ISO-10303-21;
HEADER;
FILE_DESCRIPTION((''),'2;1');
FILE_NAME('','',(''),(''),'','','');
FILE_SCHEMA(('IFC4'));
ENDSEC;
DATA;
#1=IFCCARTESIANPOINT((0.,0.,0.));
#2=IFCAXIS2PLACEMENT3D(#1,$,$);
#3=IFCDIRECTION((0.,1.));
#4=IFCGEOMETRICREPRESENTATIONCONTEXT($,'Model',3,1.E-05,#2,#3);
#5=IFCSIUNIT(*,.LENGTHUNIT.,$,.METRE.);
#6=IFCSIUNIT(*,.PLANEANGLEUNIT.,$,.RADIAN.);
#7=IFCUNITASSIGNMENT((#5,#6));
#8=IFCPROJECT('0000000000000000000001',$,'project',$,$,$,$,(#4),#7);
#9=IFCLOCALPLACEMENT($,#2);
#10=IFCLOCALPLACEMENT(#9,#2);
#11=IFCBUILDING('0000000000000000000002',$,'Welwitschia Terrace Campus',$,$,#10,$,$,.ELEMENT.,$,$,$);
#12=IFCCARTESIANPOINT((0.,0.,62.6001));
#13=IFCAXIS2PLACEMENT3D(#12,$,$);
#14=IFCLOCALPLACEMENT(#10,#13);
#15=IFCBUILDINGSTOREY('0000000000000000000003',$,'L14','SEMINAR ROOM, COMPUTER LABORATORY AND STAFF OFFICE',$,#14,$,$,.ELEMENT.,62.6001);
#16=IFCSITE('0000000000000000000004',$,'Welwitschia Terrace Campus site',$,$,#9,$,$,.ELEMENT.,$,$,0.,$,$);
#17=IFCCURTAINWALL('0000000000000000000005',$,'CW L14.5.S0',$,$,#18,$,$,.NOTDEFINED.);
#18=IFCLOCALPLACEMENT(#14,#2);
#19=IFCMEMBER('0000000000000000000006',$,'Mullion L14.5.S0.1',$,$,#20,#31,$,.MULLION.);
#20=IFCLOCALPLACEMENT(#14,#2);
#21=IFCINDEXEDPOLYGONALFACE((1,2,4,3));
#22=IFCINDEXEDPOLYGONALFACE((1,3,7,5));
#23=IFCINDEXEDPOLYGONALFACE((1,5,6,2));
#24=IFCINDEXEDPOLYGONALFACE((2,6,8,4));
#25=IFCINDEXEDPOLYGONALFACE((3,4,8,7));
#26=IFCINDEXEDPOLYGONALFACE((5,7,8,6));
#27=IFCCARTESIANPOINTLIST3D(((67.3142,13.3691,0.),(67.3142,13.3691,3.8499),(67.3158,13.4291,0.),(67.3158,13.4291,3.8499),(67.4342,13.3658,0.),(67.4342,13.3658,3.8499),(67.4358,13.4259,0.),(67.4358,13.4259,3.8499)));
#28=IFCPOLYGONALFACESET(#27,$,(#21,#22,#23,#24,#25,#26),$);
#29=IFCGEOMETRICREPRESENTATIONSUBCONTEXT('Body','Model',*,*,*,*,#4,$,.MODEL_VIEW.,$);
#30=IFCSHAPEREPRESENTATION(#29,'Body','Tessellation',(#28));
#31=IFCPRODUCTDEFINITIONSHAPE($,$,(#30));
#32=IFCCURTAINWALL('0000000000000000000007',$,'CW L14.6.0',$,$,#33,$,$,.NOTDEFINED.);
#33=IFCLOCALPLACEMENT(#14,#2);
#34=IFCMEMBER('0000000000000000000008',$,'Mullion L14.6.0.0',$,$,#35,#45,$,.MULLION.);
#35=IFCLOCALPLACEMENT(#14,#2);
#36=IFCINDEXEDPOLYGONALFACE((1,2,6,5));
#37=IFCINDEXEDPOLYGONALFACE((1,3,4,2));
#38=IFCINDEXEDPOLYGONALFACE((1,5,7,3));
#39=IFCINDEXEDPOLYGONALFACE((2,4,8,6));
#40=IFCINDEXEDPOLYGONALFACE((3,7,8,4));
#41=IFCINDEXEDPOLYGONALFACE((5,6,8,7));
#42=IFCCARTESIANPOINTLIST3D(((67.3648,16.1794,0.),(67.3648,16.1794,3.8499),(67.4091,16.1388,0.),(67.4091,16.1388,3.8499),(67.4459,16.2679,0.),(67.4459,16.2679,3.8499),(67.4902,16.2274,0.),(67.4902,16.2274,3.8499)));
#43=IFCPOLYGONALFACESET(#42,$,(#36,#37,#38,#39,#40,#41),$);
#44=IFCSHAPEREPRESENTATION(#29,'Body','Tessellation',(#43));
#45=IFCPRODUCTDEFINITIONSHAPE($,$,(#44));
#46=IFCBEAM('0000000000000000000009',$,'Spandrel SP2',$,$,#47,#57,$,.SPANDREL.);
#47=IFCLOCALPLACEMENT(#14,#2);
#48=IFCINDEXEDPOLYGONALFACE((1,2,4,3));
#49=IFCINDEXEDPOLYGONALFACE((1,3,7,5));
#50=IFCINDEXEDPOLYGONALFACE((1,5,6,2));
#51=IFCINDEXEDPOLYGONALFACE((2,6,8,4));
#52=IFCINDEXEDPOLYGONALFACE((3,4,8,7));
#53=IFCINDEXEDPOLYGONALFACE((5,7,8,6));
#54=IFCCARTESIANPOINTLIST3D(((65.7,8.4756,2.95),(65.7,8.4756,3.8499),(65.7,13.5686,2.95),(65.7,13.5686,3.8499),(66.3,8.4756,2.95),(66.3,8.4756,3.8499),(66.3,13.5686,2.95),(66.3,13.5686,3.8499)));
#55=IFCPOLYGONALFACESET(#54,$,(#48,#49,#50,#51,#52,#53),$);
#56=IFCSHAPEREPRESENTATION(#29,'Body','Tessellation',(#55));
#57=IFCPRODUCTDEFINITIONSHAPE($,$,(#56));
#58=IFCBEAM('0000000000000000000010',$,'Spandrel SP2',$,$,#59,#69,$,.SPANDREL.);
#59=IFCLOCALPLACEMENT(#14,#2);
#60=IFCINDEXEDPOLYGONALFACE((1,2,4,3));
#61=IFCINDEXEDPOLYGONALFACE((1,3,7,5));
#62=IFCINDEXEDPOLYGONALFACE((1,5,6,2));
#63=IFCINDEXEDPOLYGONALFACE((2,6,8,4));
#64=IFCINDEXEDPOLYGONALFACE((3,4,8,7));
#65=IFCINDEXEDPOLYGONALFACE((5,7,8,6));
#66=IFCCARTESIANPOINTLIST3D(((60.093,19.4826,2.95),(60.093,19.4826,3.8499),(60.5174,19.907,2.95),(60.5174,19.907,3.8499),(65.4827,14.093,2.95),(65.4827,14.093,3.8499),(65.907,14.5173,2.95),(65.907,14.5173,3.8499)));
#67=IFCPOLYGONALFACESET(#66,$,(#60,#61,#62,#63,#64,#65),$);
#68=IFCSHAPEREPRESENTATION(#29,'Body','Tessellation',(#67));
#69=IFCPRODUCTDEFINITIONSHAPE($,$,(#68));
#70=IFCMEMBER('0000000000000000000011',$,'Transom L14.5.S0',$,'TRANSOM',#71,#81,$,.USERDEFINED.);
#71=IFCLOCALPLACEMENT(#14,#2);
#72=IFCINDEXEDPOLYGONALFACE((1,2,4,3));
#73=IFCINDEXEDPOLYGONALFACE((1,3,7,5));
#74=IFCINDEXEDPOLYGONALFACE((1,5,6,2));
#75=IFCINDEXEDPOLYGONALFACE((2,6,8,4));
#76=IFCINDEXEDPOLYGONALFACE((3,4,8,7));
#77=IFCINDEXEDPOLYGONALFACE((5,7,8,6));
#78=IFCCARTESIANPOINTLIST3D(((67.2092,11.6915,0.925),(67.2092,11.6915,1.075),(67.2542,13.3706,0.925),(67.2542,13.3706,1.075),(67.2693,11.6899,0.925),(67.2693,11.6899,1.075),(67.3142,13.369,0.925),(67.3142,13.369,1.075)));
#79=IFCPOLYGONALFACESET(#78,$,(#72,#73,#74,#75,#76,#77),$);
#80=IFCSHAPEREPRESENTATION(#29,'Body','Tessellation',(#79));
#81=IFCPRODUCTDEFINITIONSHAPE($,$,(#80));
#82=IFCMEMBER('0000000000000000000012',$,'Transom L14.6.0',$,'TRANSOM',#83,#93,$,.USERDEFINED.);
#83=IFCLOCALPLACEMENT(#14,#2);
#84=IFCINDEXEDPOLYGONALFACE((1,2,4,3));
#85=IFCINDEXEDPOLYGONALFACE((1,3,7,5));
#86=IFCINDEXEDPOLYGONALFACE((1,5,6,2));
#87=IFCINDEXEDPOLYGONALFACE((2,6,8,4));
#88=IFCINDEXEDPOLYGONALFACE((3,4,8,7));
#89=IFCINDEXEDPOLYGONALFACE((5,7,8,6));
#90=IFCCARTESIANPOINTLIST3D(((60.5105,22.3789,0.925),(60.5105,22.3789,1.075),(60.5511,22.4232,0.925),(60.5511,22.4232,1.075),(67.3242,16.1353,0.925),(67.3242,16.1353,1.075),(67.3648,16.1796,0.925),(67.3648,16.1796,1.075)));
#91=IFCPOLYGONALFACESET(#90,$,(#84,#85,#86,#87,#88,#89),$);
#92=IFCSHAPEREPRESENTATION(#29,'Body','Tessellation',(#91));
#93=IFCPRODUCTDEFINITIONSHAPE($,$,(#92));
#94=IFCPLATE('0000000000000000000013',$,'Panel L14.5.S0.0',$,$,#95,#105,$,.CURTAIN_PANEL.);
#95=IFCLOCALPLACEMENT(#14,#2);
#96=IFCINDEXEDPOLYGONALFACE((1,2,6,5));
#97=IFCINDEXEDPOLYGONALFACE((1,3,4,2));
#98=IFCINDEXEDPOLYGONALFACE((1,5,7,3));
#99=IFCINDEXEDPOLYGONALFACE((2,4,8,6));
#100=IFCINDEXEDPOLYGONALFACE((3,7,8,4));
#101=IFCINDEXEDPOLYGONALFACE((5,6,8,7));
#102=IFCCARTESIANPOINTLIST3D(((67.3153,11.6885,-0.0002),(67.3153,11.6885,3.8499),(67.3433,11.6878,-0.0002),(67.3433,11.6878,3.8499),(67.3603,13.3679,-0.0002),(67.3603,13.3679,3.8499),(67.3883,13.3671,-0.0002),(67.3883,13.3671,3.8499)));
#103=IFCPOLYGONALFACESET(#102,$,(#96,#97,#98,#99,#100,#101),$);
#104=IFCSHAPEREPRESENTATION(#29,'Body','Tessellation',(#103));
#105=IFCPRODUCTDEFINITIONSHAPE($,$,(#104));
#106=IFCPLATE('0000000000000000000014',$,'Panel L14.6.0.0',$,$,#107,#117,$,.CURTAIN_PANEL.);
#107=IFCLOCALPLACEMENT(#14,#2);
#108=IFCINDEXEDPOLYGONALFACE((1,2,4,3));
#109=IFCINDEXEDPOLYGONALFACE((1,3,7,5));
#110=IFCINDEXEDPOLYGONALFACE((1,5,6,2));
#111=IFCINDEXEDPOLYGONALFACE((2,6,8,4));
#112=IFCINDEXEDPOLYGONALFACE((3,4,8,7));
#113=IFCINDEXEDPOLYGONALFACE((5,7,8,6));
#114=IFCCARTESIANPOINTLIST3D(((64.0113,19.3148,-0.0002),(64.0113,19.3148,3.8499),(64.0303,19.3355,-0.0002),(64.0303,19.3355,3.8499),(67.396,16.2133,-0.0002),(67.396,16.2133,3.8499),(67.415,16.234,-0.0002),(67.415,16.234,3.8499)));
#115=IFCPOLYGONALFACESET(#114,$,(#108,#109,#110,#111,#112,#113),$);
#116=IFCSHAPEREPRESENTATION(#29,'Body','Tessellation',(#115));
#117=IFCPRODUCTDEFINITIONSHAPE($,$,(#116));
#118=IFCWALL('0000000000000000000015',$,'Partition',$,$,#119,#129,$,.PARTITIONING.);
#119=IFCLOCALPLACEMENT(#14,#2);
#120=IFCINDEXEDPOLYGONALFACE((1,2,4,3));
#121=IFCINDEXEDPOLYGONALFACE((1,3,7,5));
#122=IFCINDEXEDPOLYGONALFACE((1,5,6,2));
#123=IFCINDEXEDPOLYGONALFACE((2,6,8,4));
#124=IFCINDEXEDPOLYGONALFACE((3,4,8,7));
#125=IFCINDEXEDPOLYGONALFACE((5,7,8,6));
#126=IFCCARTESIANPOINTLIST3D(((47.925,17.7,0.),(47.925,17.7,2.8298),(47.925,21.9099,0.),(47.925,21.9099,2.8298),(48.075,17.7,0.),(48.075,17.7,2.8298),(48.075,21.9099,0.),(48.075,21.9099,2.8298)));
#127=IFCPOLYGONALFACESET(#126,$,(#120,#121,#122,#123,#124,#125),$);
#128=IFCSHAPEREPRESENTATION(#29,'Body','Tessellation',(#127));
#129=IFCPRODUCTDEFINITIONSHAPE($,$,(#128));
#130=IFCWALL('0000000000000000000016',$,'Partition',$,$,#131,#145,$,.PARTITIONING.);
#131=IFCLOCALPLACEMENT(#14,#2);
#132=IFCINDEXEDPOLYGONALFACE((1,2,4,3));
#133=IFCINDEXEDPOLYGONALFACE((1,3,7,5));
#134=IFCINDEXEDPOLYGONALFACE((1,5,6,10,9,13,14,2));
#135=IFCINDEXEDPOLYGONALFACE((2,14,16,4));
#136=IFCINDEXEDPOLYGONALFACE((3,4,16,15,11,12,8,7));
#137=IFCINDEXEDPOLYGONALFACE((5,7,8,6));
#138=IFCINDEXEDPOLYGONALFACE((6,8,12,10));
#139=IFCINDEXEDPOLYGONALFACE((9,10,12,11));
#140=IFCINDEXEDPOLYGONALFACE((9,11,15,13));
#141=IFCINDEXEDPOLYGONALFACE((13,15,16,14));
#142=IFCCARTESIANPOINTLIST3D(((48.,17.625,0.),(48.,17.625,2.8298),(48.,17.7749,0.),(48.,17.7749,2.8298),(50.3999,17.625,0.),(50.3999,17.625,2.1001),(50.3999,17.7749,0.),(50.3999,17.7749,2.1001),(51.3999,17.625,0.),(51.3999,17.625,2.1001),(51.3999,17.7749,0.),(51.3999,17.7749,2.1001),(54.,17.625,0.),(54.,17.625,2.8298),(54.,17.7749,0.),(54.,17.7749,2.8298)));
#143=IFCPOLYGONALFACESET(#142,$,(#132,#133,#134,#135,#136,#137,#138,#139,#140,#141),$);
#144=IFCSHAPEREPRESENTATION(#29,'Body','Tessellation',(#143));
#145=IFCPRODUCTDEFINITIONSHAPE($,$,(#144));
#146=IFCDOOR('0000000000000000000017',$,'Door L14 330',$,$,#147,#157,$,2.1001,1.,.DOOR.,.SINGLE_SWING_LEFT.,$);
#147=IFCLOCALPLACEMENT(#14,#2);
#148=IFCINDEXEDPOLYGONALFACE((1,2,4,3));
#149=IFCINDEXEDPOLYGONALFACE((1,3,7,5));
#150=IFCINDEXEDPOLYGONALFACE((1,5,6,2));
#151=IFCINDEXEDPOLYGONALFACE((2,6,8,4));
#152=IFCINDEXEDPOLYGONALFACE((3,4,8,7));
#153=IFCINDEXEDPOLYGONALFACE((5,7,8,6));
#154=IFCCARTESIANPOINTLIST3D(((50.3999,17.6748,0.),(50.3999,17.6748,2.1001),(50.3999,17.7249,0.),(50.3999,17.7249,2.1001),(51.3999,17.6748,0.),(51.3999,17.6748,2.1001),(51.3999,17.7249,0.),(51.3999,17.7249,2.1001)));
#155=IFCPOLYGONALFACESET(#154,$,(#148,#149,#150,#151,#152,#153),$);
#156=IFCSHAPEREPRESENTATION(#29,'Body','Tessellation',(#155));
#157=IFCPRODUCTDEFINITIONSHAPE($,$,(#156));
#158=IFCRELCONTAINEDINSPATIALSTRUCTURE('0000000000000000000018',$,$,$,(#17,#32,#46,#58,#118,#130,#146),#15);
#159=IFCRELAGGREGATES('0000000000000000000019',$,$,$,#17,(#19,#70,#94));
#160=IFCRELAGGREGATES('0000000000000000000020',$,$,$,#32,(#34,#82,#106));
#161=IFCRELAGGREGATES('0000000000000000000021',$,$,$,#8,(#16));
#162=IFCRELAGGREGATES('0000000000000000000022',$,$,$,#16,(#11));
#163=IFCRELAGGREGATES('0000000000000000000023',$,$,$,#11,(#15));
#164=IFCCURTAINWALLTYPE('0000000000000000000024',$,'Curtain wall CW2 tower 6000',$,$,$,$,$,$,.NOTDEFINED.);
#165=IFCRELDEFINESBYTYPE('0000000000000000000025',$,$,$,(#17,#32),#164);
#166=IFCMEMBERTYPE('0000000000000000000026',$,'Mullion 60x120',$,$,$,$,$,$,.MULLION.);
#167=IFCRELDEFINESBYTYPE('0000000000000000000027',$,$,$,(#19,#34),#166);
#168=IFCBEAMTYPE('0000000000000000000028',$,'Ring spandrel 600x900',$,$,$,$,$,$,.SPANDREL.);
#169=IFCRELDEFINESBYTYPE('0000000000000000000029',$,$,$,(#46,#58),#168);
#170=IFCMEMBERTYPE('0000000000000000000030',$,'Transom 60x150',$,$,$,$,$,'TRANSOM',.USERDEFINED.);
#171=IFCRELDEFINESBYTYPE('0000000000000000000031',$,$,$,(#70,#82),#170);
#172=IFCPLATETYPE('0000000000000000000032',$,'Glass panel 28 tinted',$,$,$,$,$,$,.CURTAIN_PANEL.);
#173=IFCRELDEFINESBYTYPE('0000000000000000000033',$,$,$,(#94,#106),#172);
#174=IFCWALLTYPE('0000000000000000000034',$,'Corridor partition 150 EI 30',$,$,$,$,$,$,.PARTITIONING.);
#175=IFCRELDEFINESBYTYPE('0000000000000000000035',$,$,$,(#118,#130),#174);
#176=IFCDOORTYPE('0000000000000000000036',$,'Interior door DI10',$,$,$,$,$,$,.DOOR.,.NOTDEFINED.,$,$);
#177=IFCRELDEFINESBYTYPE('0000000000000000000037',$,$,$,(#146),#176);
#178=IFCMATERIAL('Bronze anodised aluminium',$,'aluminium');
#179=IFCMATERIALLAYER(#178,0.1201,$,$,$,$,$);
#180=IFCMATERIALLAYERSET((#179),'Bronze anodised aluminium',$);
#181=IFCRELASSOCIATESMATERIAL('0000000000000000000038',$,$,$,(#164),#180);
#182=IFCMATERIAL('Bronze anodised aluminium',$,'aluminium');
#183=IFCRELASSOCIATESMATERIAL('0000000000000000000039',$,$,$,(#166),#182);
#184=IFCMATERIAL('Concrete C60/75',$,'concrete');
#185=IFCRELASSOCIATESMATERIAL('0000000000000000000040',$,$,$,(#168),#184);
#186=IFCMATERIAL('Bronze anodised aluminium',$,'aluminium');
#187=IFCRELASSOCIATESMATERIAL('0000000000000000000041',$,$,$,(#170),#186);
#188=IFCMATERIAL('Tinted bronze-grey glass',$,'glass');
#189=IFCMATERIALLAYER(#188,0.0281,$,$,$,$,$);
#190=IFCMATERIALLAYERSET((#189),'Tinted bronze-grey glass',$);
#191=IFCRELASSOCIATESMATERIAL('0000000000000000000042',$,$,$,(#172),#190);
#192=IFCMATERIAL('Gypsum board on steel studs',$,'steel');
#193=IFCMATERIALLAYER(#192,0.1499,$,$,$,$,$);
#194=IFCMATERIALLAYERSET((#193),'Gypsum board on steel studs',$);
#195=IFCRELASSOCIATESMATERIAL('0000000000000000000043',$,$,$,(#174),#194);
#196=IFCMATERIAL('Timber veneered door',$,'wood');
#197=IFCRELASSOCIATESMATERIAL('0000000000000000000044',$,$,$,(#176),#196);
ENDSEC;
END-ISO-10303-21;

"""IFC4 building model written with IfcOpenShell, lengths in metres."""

from ifc_helpers import new_model, si_unit, direction, frame, frame_2d, origin, origin_2d, place, context, subcontext, project, spatial, rectangle, extrude, material, layer, layer_set, material_profile, profile_set, type_object, element, fill, aggregate, save


model = new_model("IFC4")

# Units and contexts
model_context = context("Model", 3, precision=1e-05, world=origin(), true_north=direction((0.0, 1.0)))
body_context = subcontext(model_context, "Body", "Model", "MODEL_VIEW")
ifc_project = project(units=[si_unit("LENGTHUNIT", "METRE"), si_unit("PLANEANGLEUNIT", "RADIAN")], contexts=[model_context])

# Site, building, storey
site_placement = place(None, origin())
site = spatial("IfcSite", under=ifc_project, at=site_placement, Name="Welwitschia Terrace Campus site", CompositionType="ELEMENT", RefElevation=0.0)
building_placement = place(site_placement, origin())
building = spatial("IfcBuilding", under=site, at=building_placement, Name="Welwitschia Terrace Campus", CompositionType="ELEMENT")
storey_placement = place(building_placement, frame((0.0, 0.0, 62.6001)))
storey = spatial("IfcBuildingStorey", under=building, at=storey_placement, Name="L14", Description="SEMINAR ROOM, COMPUTER LABORATORY AND STAFF OFFICE", CompositionType="ELEMENT", Elevation=62.6001)

# Curtain wall, member
ifc_material_1 = material(Name="Bronze anodised aluminium", Category="aluminium")
ifc_layer_1 = layer(ifc_material_1, 0.1201)
ifc_layer_set_1 = layer_set([ifc_layer_1], Name="Bronze anodised aluminium")
curtain_wall_type = type_object("IfcCurtainWallType", Name="Curtain wall CW2 tower 6000", PredefinedType="NOTDEFINED", material=ifc_layer_set_1)
curtain_wall_1_placement = place(storey_placement, origin())
curtain_wall_1 = element("IfcCurtainWall", 1, at=curtain_wall_1_placement, inside=storey, type_object=curtain_wall_type, Name="CW L14.5.S0", PredefinedType="NOTDEFINED")
ifc_material_2 = material(Name="Bronze anodised aluminium", Category="aluminium")
ifc_material_profile_1 = material_profile(ifc_material_2, rectangle(XDim=0.1201, YDim=0.0601, at=origin_2d()))
ifc_profile_set_1 = profile_set([ifc_material_profile_1], Name="Bronze anodised aluminium")
member_type_1 = type_object("IfcMemberType", Name="Mullion 60x120", PredefinedType="MULLION", material=ifc_profile_set_1)
member_1_placement = place(storey_placement, frame((67.375, 13.3975, 0.0), z_axis=(0.0, 0.0, 1.0), x_axis=(-0.999641, 0.026776, 0.0)))
member_1 = element("IfcMember", 2, at=member_1_placement, type_object=member_type_1, Name="Mullion L14.5.S0.1", PredefinedType="MULLION", context=body_context, shape_type="SweptSolid", body=[
    extrude(rectangle(XDim=0.1201, YDim=0.0601, at=origin_2d()), origin(), (0.0, 0.0, 1.0), 3.8499),
])

# Curtain wall, member
curtain_wall_2_placement = place(storey_placement, origin())
curtain_wall_2 = element("IfcCurtainWall", 3, at=curtain_wall_2_placement, inside=storey, type_object=curtain_wall_type, Name="CW L14.6.0", PredefinedType="NOTDEFINED")
member_2_placement = place(storey_placement, frame((67.4275, 16.2034, 0.0), z_axis=(0.0, 0.0, 1.0), x_axis=(-0.67559, -0.737277, 0.0)))
member_2 = element("IfcMember", 4, at=member_2_placement, type_object=member_type_1, Name="Mullion L14.6.0.0", PredefinedType="MULLION", context=body_context, shape_type="SweptSolid", body=[
    extrude(rectangle(XDim=0.1201, YDim=0.0601, at=origin_2d()), origin(), (0.0, 0.0, 1.0), 3.8499),
])

# Beams
ifc_material_3 = material(Name="Concrete C60/75", Category="concrete")
ifc_material_profile_2 = material_profile(ifc_material_3, rectangle(XDim=0.6001, YDim=0.8999, at=origin_2d()))
ifc_profile_set_2 = profile_set([ifc_material_profile_2], Name="Concrete C60/75")
beam_type_1 = type_object("IfcBeamType", Name="Ring spandrel 600x900", PredefinedType="SPANDREL", material=ifc_profile_set_2)
beam_1_placement = place(storey_placement, frame((66.0, 8.4756, 3.3999), z_axis=(0.0, 1.0, 0.0), x_axis=(-1.0, 0.0, 0.0)))
element("IfcBeam", 5, at=beam_1_placement, inside=storey, type_object=beam_type_1, Name="Spandrel SP2", PredefinedType="SPANDREL", context=body_context, shape_type="SweptSolid", body=[
    extrude(rectangle(XDim=0.6001, YDim=0.8999, at=origin_2d()), origin(), (0.0, 0.0, 1.0), 5.093),
])
beam_2_placement = place(storey_placement, frame((65.6948, 14.3052, 3.3999), z_axis=(-0.707107, 0.707107, 0.0), x_axis=(-0.707107, -0.707107, 0.0)))
element("IfcBeam", 6, at=beam_2_placement, inside=storey, type_object=beam_type_1, Name="Spandrel SP2", PredefinedType="SPANDREL", context=body_context, shape_type="SweptSolid", body=[
    extrude(rectangle(XDim=0.6001, YDim=0.8999, at=origin_2d()), origin(), (0.0, 0.0, 1.0), 7.6221),
])

# Members
ifc_material_4 = material(Name="Bronze anodised aluminium", Category="aluminium")
ifc_material_profile_3 = material_profile(ifc_material_4, rectangle(XDim=0.0601, YDim=0.1499, at=origin_2d()))
ifc_profile_set_3 = profile_set([ifc_material_profile_3], Name="Bronze anodised aluminium")
member_type_2 = type_object("IfcMemberType", Name="Transom 60x150", ElementType="TRANSOM", PredefinedType="USERDEFINED", material=ifc_profile_set_3)
member_3_placement = place(storey_placement, frame((67.2393, 11.6907, 1.0), z_axis=(0.026742, 0.999642, 0.0), x_axis=(-0.999642, 0.026742, 0.0)))
member_3 = element("IfcMember", 7, at=member_3_placement, type_object=member_type_2, Name="Transom L14.5.S0", ObjectType="TRANSOM", PredefinedType="USERDEFINED", context=body_context, shape_type="SweptSolid", body=[
    extrude(rectangle(XDim=0.0601, YDim=0.1499, at=origin_2d()), origin(), (0.0, 0.0, 1.0), 1.6797),
])
member_4_placement = place(storey_placement, frame((67.3445, 16.1575, 1.0), z_axis=(-0.737276, 0.675592, 0.0), x_axis=(-0.675592, -0.737276, 0.0)))
member_4 = element("IfcMember", 8, at=member_4_placement, type_object=member_type_2, Name="Transom L14.6.0", ObjectType="TRANSOM", PredefinedType="USERDEFINED", context=body_context, shape_type="SweptSolid", body=[
    extrude(rectangle(XDim=0.0601, YDim=0.1499, at=origin_2d()), origin(), (0.0, 0.0, 1.0), 9.2417),
])

# Plates
ifc_material_5 = material(Name="Tinted bronze-grey glass", Category="glass")
ifc_layer_2 = layer(ifc_material_5, 0.0281)
ifc_layer_set_2 = layer_set([ifc_layer_2], Name="Tinted bronze-grey glass")
plate_type = type_object("IfcPlateType", Name="Glass panel 28 tinted", PredefinedType="CURTAIN_PANEL", material=ifc_layer_set_2)
plate_1_placement = place(storey_placement, frame((67.3518, 12.5278, -0.0002), z_axis=(0.0, 0.0, 1.0), x_axis=(0.026776, 0.999641, 0.0)))
plate_1 = element("IfcPlate", 9, at=plate_1_placement, type_object=plate_type, Name="Panel L14.5.S0.0", PredefinedType="CURTAIN_PANEL", context=body_context, shape_type="SweptSolid", body=[
    extrude(rectangle(XDim=1.6799, YDim=0.0281, at=origin_2d()), origin(), (0.0, 0.0, 1.0), 3.8501),
])
aggregate(curtain_wall_1, [member_1, member_3, plate_1])
plate_2_placement = place(storey_placement, frame((65.7131, 17.7744, -0.0002), z_axis=(0.0, 0.0, 1.0), x_axis=(-0.737277, 0.67559, 0.0)))
plate_2 = element("IfcPlate", 10, at=plate_2_placement, type_object=plate_type, Name="Panel L14.6.0.0", PredefinedType="CURTAIN_PANEL", context=body_context, shape_type="SweptSolid", body=[
    extrude(rectangle(XDim=4.5908, YDim=0.0281, at=origin_2d()), origin(), (0.0, 0.0, 1.0), 3.8501),
])
aggregate(curtain_wall_2, [member_2, member_4, plate_2])

# Wall
ifc_material_6 = material(Name="Gypsum board on steel studs", Category="steel")
ifc_layer_3 = layer(ifc_material_6, 0.1499)
ifc_layer_set_3 = layer_set([ifc_layer_3], Name="Gypsum board on steel studs")
wall_type_1 = type_object("IfcWallType", Name="Corridor partition 150 EI 30", PredefinedType="PARTITIONING", material=ifc_layer_set_3)
wall_1_placement = place(storey_placement, frame((48.0, 17.7, 0.0), z_axis=(0.0, 0.0, 1.0), x_axis=(0.0, 1.0, 0.0)))
element("IfcWall", 11, at=wall_1_placement, inside=storey, type_object=wall_type_1, Name="Partition", PredefinedType="PARTITIONING", context=body_context, shape_type="SweptSolid", body=[
    extrude(rectangle(XDim=4.21, YDim=0.1499, at=frame_2d((2.105, 0.0))), origin(), (0.0, 0.0, 1.0), 2.8298),
])

# Wall, opening, door
wall_2_placement = place(storey_placement, frame((48.0, 17.7, 0.0), z_axis=(0.0, 0.0, 1.0), x_axis=(1.0, 0.0, 0.0)))
wall_2 = element("IfcWall", 12, at=wall_2_placement, inside=storey, type_object=wall_type_1, Name="Partition", PredefinedType="PARTITIONING", context=body_context, shape_type="SweptSolid", body=[
    extrude(rectangle(XDim=6.0, YDim=0.1499, at=frame_2d((3.0, 0.0))), origin(), (0.0, 0.0, 1.0), 2.8298),
])
opening_1_placement = place(wall_2_placement, frame((2.3999, 0.0, 0.0)))
opening_1 = element("IfcOpeningElement", 13, at=opening_1_placement, cuts=wall_2, PredefinedType="OPENING", context=body_context, shape_type="SweptSolid", body=[
    extrude(rectangle(XDim=1.0, YDim=2.1001, at=frame_2d((0.5, 1.05))), frame((0.0, 0.085, 0.0), z_axis=(0.0, -1.0, 0.0), x_axis=(1.0, 0.0, 0.0)), (0.0, 0.0, 1.0), 0.1699),
])
ifc_material_7 = material(Name="Timber veneered door", Category="wood")
door_type = type_object("IfcDoorType", Name="Interior door DI10", OperationType="NOTDEFINED", PredefinedType="DOOR", material=ifc_material_7)
door_1_placement = place(opening_1_placement, origin())
door_1 = element("IfcDoor", 14, at=door_1_placement, inside=storey, type_object=door_type, Name="Door L14 330", OperationType="SINGLE_SWING_LEFT", OverallHeight=2.1001, OverallWidth=1.0, PredefinedType="DOOR", context=body_context, shape_type="SweptSolid", body=[
    extrude(rectangle(XDim=1.0, YDim=2.1001, at=frame_2d((0.5, 1.05))), frame((0.0, 0.0249, 0.0), z_axis=(0.0, -1.0, 0.0), x_axis=(1.0, 0.0, 0.0)), (0.0, 0.0, 1.0), 0.05),
])
fill(opening_1, door_1)

save(model, "model.ifc")
